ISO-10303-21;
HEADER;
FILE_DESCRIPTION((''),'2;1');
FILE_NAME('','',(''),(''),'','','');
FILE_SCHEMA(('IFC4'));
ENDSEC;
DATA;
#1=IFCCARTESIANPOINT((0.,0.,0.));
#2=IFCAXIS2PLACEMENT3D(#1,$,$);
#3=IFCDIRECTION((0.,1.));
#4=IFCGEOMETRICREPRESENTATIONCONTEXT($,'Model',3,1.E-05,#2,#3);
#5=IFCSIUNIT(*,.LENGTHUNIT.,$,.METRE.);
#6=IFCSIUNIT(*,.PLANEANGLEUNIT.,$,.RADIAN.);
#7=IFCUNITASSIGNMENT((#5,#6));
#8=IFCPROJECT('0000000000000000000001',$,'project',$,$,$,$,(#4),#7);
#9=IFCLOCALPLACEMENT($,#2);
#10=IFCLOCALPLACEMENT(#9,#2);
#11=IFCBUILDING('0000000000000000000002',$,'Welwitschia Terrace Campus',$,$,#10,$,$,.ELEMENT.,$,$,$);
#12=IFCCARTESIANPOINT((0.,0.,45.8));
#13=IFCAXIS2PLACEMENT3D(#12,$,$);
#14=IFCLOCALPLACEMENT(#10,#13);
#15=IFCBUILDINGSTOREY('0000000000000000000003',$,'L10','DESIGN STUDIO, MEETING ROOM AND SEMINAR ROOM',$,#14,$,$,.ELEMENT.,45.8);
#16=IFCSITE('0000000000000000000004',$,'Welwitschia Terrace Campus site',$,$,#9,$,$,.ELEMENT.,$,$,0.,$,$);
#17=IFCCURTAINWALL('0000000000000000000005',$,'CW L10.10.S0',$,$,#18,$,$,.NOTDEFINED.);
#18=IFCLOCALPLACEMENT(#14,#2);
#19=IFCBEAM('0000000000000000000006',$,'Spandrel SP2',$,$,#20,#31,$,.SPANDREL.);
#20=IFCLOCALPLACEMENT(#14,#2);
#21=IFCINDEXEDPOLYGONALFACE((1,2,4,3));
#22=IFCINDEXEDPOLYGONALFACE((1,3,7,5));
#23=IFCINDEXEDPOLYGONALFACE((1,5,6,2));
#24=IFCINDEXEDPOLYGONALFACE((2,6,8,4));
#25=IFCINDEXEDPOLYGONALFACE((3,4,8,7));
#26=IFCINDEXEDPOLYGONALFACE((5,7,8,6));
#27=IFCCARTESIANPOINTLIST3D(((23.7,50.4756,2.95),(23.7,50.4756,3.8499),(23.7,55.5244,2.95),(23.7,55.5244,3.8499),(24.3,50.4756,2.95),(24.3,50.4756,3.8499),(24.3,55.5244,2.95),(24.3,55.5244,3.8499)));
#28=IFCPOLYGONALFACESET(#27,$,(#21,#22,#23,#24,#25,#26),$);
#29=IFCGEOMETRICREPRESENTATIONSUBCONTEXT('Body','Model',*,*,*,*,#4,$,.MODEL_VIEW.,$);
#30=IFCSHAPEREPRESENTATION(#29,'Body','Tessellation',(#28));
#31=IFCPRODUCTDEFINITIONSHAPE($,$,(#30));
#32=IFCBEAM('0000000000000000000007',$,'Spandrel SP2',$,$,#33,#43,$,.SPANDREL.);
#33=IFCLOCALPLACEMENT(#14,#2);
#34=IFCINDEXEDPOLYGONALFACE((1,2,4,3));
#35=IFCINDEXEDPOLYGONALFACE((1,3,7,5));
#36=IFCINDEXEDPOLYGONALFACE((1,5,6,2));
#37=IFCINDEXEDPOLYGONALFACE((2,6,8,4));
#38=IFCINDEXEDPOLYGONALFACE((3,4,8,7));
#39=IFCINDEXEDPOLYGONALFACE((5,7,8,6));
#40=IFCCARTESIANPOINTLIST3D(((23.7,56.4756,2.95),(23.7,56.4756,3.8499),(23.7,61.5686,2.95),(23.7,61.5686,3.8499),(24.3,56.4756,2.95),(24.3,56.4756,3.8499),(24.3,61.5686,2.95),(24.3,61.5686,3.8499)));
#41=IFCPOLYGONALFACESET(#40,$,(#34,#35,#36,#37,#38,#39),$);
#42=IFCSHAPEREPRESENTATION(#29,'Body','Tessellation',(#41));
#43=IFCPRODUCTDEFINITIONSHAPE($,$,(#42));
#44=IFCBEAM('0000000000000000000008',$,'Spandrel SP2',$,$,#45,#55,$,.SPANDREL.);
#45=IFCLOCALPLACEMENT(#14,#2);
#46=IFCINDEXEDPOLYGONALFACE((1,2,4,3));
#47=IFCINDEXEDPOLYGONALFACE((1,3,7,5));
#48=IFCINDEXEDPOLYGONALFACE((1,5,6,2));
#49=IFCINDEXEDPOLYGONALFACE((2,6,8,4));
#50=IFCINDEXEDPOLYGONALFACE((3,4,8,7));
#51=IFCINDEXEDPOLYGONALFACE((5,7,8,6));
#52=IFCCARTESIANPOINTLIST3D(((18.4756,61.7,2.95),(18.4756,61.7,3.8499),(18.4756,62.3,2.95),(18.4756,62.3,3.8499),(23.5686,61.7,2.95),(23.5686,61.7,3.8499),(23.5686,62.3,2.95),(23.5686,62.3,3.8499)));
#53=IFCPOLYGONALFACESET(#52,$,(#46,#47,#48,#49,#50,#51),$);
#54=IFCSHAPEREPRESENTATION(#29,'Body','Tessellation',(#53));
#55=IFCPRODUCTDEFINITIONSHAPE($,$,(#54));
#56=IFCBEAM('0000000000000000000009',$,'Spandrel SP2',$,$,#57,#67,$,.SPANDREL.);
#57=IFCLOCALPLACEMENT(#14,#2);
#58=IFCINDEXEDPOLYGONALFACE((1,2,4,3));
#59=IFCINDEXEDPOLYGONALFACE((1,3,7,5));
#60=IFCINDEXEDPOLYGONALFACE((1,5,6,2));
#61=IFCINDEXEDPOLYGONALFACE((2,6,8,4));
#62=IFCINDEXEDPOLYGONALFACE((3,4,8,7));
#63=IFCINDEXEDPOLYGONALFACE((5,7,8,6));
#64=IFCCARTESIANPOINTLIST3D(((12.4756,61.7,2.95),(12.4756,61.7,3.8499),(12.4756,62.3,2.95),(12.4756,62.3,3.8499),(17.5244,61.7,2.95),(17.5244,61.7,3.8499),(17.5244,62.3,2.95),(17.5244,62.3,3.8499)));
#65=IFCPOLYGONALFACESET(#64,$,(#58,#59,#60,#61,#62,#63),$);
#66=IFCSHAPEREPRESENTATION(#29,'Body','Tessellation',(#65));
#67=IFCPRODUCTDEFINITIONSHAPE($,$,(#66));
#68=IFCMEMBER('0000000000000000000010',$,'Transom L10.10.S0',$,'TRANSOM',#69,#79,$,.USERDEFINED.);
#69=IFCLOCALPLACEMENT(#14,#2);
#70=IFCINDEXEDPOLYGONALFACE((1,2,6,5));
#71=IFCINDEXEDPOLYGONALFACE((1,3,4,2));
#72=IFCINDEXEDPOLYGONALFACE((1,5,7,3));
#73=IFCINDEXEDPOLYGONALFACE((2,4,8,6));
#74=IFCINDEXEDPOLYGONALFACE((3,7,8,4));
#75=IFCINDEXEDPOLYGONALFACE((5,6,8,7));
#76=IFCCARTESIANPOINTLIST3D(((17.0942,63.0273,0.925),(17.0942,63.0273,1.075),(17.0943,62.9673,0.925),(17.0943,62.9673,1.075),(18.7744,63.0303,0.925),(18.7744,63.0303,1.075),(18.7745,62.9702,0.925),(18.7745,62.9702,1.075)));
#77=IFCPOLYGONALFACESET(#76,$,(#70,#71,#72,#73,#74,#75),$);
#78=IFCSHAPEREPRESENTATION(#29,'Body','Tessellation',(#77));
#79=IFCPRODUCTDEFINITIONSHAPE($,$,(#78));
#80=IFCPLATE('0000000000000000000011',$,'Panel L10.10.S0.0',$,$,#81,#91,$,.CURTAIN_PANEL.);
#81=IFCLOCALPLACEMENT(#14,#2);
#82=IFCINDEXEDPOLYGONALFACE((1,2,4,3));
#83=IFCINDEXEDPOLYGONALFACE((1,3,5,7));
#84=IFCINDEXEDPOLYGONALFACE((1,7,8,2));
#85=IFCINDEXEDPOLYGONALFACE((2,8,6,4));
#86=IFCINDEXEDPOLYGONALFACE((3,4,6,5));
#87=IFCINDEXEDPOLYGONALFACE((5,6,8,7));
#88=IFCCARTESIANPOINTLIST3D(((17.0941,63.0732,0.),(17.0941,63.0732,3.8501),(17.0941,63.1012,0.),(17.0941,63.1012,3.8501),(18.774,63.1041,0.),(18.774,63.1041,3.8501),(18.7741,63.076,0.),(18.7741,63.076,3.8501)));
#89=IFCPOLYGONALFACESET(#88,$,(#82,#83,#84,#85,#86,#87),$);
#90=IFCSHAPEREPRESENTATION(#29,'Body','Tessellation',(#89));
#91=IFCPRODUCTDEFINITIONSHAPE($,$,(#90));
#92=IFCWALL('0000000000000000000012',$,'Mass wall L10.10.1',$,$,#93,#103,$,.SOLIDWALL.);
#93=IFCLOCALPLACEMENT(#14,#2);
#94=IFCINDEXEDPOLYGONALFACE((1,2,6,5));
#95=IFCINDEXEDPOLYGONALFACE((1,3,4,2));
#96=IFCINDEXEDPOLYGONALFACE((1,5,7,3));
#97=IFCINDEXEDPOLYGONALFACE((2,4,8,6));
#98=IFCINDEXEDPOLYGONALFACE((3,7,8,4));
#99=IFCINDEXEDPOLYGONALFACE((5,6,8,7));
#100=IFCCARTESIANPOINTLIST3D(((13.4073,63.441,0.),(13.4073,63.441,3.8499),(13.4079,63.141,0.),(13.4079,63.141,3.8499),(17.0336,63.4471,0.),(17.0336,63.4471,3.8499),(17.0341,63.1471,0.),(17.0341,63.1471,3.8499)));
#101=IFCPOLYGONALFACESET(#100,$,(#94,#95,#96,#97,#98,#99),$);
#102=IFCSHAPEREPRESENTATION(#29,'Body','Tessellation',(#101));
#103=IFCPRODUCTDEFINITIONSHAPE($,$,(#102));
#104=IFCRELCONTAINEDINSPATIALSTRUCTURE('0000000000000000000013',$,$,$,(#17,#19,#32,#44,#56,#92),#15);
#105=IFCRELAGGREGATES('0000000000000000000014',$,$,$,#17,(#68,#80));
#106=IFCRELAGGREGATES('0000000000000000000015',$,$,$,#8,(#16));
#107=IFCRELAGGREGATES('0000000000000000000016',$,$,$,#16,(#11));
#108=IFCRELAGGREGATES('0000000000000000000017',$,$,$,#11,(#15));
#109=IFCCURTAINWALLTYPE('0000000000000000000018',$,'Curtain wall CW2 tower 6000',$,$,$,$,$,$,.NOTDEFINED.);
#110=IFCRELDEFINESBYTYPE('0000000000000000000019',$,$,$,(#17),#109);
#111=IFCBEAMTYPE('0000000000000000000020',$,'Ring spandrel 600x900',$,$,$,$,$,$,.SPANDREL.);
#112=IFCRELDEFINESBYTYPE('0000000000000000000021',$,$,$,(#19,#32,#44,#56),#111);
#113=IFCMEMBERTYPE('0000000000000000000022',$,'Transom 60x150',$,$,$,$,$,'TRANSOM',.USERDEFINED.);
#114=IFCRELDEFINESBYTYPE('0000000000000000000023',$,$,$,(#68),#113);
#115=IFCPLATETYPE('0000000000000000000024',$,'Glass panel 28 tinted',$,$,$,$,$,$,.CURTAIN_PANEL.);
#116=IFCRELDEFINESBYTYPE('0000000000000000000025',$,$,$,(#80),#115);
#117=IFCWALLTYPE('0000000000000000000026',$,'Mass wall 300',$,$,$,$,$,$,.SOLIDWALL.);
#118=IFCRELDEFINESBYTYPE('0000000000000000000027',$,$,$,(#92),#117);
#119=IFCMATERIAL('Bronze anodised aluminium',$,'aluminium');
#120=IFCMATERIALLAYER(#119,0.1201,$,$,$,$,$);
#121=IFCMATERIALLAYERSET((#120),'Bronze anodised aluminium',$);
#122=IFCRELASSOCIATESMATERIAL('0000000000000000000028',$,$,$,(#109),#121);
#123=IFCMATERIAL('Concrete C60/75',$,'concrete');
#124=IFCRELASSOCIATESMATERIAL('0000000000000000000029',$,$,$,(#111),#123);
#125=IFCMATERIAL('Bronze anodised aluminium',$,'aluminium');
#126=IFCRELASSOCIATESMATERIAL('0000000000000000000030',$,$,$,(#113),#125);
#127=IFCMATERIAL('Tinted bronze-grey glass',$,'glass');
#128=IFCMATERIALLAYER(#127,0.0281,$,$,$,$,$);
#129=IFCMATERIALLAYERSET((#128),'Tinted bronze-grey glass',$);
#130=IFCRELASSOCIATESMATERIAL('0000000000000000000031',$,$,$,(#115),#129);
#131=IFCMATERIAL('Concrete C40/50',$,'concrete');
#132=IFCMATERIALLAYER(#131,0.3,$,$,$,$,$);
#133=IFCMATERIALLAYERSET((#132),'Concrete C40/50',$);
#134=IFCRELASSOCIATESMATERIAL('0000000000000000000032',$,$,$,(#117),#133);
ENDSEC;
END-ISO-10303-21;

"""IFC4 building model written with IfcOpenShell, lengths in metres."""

from ifc_helpers import new_model, si_unit, direction, frame, frame_2d, origin, origin_2d, place, context, subcontext, project, spatial, rectangle, extrude, material, layer, layer_set, material_profile, profile_set, type_object, element, aggregate, save


model = new_model("IFC4")

# Units and contexts
model_context = context("Model", 3, precision=1e-05, world=origin(), true_north=direction((0.0, 1.0)))
body_context = subcontext(model_context, "Body", "Model", "MODEL_VIEW")
ifc_project = project(units=[si_unit("LENGTHUNIT", "METRE"), si_unit("PLANEANGLEUNIT", "RADIAN")], contexts=[model_context])

# Site, building, storey
site_placement = place(None, origin())
site = spatial("IfcSite", under=ifc_project, at=site_placement, Name="Welwitschia Terrace Campus site", CompositionType="ELEMENT", RefElevation=0.0)
building_placement = place(site_placement, origin())
building = spatial("IfcBuilding", under=site, at=building_placement, Name="Welwitschia Terrace Campus", CompositionType="ELEMENT")
storey_placement = place(building_placement, frame((0.0, 0.0, 45.8)))
storey = spatial("IfcBuildingStorey", under=building, at=storey_placement, Name="L10", Description="DESIGN STUDIO, MEETING ROOM AND SEMINAR ROOM", CompositionType="ELEMENT", Elevation=45.8)

# Curtain wall
ifc_material_1 = material(Name="Bronze anodised aluminium", Category="aluminium")
ifc_layer_1 = layer(ifc_material_1, 0.1201)
ifc_layer_set_1 = layer_set([ifc_layer_1], Name="Bronze anodised aluminium")
curtain_wall_type = type_object("IfcCurtainWallType", Name="Curtain wall CW2 tower 6000", PredefinedType="NOTDEFINED", material=ifc_layer_set_1)
curtain_wall_placement = place(storey_placement, origin())
curtain_wall = element("IfcCurtainWall", 1, at=curtain_wall_placement, inside=storey, type_object=curtain_wall_type, Name="CW L10.10.S0", PredefinedType="NOTDEFINED")

# Beams
ifc_material_2 = material(Name="Concrete C60/75", Category="concrete")
ifc_material_profile_1 = material_profile(ifc_material_2, rectangle(XDim=0.6001, YDim=0.8999, at=origin_2d()))
ifc_profile_set_1 = profile_set([ifc_material_profile_1], Name="Concrete C60/75")
beam_type_1 = type_object("IfcBeamType", Name="Ring spandrel 600x900", PredefinedType="SPANDREL", material=ifc_profile_set_1)
for number, where, z_axis, x_axis, name in (
    (2, (24.0, 50.4756, 3.3999), (0.0, 1.0, 0.0), (-1.0, 0.0, 0.0), "Spandrel SP2"),
):
    element("IfcBeam", number, at=place(storey_placement, frame(where, z_axis=z_axis, x_axis=x_axis)), inside=storey, type_object=beam_type_1, Name=name, PredefinedType="SPANDREL", context=body_context, shape_type="SweptSolid", body=[
        extrude(rectangle(XDim=0.6001, YDim=0.8999, at=origin_2d()), origin(), (0.0, 0.0, 1.0), 5.0488),
    ])
for number, where, z_axis, x_axis, name in (
    (3, (24.0, 56.4756, 3.3999), (0.0, 1.0, 0.0), (-1.0, 0.0, 0.0), "Spandrel SP2"),
    (4, (23.5686, 62.0, 3.3999), (-1.0, 0.0, 0.0), (0.0, -1.0, 0.0), "Spandrel SP2"),
):
    element("IfcBeam", number, at=place(storey_placement, frame(where, z_axis=z_axis, x_axis=x_axis)), inside=storey, type_object=beam_type_1, Name=name, PredefinedType="SPANDREL", context=body_context, shape_type="SweptSolid", body=[
        extrude(rectangle(XDim=0.6001, YDim=0.8999, at=origin_2d()), origin(), (0.0, 0.0, 1.0), 5.093),
    ])
beam_1_placement = place(storey_placement, frame((17.5244, 62.0, 3.3999), z_axis=(-1.0, 0.0, 0.0), x_axis=(0.0, -1.0, 0.0)))
element("IfcBeam", 5, at=beam_1_placement, inside=storey, type_object=beam_type_1, Name="Spandrel SP2", PredefinedType="SPANDREL", context=body_context, shape_type="SweptSolid", body=[
    extrude(rectangle(XDim=0.6001, YDim=0.8999, at=origin_2d()), origin(), (0.0, 0.0, 1.0), 5.0488),
])

# Member
ifc_material_3 = material(Name="Bronze anodised aluminium", Category="aluminium")
ifc_material_profile_2 = material_profile(ifc_material_3, rectangle(XDim=0.0601, YDim=0.1499, at=origin_2d()))
ifc_profile_set_2 = profile_set([ifc_material_profile_2], Name="Bronze anodised aluminium")
member_type_1 = type_object("IfcMemberType", Name="Transom 60x150", ElementType="TRANSOM", PredefinedType="USERDEFINED", material=ifc_profile_set_2)
member_1_placement = place(storey_placement, frame((18.7744, 63.0002, 1.0), z_axis=(-0.999998, -0.001744, 0.0), x_axis=(0.001744, -0.999998, 0.0)))
member_1 = element("IfcMember", 6, at=member_1_placement, type_object=member_type_1, Name="Transom L10.10.S0", ObjectType="TRANSOM", PredefinedType="USERDEFINED", context=body_context, shape_type="SweptSolid", body=[
    extrude(rectangle(XDim=0.0601, YDim=0.1499, at=origin_2d()), origin(), (0.0, 0.0, 1.0), 1.6802),
])

# Plate
ifc_material_4 = material(Name="Tinted bronze-grey glass", Category="glass")
ifc_layer_2 = layer(ifc_material_4, 0.0281)
ifc_layer_set_2 = layer_set([ifc_layer_2], Name="Tinted bronze-grey glass")
plate_type = type_object("IfcPlateType", Name="Glass panel 28 tinted", PredefinedType="CURTAIN_PANEL", material=ifc_layer_set_2)
plate_placement = place(storey_placement, frame((17.9341, 63.0886, 0.0), z_axis=(0.0, 0.0, 1.0), x_axis=(-0.999999, -0.001706, 0.0)))
plate = element("IfcPlate", 7, at=plate_placement, type_object=plate_type, Name="Panel L10.10.S0.0", PredefinedType="CURTAIN_PANEL", context=body_context, shape_type="SweptSolid", body=[
    extrude(rectangle(XDim=1.6799, YDim=0.0281, at=origin_2d()), origin(), (0.0, 0.0, 1.0), 3.8501),
])
aggregate(curtain_wall, [member_1, plate])

# Wall
ifc_material_5 = material(Name="Concrete C40/50", Category="concrete")
ifc_layer_3 = layer(ifc_material_5, 0.3)
ifc_layer_set_3 = layer_set([ifc_layer_3], Name="Concrete C40/50")
wall_type = type_object("IfcWallType", Name="Mass wall 300", PredefinedType="SOLIDWALL", material=ifc_layer_set_3)
wall_placement = place(storey_placement, frame((17.0337, 63.2971, 0.0), z_axis=(0.0, 0.0, 1.0), x_axis=(-0.999999, -0.001683, 0.0)))
element("IfcWall", 8, at=wall_placement, inside=storey, type_object=wall_type, Name="Mass wall L10.10.1", PredefinedType="SOLIDWALL", context=body_context, shape_type="SweptSolid", body=[
    extrude(rectangle(XDim=3.6262, YDim=0.3, at=frame_2d((1.813, 0.0))), origin(), (0.0, 0.0, 1.0), 3.8499),
])

save(model, "model.ifc")
